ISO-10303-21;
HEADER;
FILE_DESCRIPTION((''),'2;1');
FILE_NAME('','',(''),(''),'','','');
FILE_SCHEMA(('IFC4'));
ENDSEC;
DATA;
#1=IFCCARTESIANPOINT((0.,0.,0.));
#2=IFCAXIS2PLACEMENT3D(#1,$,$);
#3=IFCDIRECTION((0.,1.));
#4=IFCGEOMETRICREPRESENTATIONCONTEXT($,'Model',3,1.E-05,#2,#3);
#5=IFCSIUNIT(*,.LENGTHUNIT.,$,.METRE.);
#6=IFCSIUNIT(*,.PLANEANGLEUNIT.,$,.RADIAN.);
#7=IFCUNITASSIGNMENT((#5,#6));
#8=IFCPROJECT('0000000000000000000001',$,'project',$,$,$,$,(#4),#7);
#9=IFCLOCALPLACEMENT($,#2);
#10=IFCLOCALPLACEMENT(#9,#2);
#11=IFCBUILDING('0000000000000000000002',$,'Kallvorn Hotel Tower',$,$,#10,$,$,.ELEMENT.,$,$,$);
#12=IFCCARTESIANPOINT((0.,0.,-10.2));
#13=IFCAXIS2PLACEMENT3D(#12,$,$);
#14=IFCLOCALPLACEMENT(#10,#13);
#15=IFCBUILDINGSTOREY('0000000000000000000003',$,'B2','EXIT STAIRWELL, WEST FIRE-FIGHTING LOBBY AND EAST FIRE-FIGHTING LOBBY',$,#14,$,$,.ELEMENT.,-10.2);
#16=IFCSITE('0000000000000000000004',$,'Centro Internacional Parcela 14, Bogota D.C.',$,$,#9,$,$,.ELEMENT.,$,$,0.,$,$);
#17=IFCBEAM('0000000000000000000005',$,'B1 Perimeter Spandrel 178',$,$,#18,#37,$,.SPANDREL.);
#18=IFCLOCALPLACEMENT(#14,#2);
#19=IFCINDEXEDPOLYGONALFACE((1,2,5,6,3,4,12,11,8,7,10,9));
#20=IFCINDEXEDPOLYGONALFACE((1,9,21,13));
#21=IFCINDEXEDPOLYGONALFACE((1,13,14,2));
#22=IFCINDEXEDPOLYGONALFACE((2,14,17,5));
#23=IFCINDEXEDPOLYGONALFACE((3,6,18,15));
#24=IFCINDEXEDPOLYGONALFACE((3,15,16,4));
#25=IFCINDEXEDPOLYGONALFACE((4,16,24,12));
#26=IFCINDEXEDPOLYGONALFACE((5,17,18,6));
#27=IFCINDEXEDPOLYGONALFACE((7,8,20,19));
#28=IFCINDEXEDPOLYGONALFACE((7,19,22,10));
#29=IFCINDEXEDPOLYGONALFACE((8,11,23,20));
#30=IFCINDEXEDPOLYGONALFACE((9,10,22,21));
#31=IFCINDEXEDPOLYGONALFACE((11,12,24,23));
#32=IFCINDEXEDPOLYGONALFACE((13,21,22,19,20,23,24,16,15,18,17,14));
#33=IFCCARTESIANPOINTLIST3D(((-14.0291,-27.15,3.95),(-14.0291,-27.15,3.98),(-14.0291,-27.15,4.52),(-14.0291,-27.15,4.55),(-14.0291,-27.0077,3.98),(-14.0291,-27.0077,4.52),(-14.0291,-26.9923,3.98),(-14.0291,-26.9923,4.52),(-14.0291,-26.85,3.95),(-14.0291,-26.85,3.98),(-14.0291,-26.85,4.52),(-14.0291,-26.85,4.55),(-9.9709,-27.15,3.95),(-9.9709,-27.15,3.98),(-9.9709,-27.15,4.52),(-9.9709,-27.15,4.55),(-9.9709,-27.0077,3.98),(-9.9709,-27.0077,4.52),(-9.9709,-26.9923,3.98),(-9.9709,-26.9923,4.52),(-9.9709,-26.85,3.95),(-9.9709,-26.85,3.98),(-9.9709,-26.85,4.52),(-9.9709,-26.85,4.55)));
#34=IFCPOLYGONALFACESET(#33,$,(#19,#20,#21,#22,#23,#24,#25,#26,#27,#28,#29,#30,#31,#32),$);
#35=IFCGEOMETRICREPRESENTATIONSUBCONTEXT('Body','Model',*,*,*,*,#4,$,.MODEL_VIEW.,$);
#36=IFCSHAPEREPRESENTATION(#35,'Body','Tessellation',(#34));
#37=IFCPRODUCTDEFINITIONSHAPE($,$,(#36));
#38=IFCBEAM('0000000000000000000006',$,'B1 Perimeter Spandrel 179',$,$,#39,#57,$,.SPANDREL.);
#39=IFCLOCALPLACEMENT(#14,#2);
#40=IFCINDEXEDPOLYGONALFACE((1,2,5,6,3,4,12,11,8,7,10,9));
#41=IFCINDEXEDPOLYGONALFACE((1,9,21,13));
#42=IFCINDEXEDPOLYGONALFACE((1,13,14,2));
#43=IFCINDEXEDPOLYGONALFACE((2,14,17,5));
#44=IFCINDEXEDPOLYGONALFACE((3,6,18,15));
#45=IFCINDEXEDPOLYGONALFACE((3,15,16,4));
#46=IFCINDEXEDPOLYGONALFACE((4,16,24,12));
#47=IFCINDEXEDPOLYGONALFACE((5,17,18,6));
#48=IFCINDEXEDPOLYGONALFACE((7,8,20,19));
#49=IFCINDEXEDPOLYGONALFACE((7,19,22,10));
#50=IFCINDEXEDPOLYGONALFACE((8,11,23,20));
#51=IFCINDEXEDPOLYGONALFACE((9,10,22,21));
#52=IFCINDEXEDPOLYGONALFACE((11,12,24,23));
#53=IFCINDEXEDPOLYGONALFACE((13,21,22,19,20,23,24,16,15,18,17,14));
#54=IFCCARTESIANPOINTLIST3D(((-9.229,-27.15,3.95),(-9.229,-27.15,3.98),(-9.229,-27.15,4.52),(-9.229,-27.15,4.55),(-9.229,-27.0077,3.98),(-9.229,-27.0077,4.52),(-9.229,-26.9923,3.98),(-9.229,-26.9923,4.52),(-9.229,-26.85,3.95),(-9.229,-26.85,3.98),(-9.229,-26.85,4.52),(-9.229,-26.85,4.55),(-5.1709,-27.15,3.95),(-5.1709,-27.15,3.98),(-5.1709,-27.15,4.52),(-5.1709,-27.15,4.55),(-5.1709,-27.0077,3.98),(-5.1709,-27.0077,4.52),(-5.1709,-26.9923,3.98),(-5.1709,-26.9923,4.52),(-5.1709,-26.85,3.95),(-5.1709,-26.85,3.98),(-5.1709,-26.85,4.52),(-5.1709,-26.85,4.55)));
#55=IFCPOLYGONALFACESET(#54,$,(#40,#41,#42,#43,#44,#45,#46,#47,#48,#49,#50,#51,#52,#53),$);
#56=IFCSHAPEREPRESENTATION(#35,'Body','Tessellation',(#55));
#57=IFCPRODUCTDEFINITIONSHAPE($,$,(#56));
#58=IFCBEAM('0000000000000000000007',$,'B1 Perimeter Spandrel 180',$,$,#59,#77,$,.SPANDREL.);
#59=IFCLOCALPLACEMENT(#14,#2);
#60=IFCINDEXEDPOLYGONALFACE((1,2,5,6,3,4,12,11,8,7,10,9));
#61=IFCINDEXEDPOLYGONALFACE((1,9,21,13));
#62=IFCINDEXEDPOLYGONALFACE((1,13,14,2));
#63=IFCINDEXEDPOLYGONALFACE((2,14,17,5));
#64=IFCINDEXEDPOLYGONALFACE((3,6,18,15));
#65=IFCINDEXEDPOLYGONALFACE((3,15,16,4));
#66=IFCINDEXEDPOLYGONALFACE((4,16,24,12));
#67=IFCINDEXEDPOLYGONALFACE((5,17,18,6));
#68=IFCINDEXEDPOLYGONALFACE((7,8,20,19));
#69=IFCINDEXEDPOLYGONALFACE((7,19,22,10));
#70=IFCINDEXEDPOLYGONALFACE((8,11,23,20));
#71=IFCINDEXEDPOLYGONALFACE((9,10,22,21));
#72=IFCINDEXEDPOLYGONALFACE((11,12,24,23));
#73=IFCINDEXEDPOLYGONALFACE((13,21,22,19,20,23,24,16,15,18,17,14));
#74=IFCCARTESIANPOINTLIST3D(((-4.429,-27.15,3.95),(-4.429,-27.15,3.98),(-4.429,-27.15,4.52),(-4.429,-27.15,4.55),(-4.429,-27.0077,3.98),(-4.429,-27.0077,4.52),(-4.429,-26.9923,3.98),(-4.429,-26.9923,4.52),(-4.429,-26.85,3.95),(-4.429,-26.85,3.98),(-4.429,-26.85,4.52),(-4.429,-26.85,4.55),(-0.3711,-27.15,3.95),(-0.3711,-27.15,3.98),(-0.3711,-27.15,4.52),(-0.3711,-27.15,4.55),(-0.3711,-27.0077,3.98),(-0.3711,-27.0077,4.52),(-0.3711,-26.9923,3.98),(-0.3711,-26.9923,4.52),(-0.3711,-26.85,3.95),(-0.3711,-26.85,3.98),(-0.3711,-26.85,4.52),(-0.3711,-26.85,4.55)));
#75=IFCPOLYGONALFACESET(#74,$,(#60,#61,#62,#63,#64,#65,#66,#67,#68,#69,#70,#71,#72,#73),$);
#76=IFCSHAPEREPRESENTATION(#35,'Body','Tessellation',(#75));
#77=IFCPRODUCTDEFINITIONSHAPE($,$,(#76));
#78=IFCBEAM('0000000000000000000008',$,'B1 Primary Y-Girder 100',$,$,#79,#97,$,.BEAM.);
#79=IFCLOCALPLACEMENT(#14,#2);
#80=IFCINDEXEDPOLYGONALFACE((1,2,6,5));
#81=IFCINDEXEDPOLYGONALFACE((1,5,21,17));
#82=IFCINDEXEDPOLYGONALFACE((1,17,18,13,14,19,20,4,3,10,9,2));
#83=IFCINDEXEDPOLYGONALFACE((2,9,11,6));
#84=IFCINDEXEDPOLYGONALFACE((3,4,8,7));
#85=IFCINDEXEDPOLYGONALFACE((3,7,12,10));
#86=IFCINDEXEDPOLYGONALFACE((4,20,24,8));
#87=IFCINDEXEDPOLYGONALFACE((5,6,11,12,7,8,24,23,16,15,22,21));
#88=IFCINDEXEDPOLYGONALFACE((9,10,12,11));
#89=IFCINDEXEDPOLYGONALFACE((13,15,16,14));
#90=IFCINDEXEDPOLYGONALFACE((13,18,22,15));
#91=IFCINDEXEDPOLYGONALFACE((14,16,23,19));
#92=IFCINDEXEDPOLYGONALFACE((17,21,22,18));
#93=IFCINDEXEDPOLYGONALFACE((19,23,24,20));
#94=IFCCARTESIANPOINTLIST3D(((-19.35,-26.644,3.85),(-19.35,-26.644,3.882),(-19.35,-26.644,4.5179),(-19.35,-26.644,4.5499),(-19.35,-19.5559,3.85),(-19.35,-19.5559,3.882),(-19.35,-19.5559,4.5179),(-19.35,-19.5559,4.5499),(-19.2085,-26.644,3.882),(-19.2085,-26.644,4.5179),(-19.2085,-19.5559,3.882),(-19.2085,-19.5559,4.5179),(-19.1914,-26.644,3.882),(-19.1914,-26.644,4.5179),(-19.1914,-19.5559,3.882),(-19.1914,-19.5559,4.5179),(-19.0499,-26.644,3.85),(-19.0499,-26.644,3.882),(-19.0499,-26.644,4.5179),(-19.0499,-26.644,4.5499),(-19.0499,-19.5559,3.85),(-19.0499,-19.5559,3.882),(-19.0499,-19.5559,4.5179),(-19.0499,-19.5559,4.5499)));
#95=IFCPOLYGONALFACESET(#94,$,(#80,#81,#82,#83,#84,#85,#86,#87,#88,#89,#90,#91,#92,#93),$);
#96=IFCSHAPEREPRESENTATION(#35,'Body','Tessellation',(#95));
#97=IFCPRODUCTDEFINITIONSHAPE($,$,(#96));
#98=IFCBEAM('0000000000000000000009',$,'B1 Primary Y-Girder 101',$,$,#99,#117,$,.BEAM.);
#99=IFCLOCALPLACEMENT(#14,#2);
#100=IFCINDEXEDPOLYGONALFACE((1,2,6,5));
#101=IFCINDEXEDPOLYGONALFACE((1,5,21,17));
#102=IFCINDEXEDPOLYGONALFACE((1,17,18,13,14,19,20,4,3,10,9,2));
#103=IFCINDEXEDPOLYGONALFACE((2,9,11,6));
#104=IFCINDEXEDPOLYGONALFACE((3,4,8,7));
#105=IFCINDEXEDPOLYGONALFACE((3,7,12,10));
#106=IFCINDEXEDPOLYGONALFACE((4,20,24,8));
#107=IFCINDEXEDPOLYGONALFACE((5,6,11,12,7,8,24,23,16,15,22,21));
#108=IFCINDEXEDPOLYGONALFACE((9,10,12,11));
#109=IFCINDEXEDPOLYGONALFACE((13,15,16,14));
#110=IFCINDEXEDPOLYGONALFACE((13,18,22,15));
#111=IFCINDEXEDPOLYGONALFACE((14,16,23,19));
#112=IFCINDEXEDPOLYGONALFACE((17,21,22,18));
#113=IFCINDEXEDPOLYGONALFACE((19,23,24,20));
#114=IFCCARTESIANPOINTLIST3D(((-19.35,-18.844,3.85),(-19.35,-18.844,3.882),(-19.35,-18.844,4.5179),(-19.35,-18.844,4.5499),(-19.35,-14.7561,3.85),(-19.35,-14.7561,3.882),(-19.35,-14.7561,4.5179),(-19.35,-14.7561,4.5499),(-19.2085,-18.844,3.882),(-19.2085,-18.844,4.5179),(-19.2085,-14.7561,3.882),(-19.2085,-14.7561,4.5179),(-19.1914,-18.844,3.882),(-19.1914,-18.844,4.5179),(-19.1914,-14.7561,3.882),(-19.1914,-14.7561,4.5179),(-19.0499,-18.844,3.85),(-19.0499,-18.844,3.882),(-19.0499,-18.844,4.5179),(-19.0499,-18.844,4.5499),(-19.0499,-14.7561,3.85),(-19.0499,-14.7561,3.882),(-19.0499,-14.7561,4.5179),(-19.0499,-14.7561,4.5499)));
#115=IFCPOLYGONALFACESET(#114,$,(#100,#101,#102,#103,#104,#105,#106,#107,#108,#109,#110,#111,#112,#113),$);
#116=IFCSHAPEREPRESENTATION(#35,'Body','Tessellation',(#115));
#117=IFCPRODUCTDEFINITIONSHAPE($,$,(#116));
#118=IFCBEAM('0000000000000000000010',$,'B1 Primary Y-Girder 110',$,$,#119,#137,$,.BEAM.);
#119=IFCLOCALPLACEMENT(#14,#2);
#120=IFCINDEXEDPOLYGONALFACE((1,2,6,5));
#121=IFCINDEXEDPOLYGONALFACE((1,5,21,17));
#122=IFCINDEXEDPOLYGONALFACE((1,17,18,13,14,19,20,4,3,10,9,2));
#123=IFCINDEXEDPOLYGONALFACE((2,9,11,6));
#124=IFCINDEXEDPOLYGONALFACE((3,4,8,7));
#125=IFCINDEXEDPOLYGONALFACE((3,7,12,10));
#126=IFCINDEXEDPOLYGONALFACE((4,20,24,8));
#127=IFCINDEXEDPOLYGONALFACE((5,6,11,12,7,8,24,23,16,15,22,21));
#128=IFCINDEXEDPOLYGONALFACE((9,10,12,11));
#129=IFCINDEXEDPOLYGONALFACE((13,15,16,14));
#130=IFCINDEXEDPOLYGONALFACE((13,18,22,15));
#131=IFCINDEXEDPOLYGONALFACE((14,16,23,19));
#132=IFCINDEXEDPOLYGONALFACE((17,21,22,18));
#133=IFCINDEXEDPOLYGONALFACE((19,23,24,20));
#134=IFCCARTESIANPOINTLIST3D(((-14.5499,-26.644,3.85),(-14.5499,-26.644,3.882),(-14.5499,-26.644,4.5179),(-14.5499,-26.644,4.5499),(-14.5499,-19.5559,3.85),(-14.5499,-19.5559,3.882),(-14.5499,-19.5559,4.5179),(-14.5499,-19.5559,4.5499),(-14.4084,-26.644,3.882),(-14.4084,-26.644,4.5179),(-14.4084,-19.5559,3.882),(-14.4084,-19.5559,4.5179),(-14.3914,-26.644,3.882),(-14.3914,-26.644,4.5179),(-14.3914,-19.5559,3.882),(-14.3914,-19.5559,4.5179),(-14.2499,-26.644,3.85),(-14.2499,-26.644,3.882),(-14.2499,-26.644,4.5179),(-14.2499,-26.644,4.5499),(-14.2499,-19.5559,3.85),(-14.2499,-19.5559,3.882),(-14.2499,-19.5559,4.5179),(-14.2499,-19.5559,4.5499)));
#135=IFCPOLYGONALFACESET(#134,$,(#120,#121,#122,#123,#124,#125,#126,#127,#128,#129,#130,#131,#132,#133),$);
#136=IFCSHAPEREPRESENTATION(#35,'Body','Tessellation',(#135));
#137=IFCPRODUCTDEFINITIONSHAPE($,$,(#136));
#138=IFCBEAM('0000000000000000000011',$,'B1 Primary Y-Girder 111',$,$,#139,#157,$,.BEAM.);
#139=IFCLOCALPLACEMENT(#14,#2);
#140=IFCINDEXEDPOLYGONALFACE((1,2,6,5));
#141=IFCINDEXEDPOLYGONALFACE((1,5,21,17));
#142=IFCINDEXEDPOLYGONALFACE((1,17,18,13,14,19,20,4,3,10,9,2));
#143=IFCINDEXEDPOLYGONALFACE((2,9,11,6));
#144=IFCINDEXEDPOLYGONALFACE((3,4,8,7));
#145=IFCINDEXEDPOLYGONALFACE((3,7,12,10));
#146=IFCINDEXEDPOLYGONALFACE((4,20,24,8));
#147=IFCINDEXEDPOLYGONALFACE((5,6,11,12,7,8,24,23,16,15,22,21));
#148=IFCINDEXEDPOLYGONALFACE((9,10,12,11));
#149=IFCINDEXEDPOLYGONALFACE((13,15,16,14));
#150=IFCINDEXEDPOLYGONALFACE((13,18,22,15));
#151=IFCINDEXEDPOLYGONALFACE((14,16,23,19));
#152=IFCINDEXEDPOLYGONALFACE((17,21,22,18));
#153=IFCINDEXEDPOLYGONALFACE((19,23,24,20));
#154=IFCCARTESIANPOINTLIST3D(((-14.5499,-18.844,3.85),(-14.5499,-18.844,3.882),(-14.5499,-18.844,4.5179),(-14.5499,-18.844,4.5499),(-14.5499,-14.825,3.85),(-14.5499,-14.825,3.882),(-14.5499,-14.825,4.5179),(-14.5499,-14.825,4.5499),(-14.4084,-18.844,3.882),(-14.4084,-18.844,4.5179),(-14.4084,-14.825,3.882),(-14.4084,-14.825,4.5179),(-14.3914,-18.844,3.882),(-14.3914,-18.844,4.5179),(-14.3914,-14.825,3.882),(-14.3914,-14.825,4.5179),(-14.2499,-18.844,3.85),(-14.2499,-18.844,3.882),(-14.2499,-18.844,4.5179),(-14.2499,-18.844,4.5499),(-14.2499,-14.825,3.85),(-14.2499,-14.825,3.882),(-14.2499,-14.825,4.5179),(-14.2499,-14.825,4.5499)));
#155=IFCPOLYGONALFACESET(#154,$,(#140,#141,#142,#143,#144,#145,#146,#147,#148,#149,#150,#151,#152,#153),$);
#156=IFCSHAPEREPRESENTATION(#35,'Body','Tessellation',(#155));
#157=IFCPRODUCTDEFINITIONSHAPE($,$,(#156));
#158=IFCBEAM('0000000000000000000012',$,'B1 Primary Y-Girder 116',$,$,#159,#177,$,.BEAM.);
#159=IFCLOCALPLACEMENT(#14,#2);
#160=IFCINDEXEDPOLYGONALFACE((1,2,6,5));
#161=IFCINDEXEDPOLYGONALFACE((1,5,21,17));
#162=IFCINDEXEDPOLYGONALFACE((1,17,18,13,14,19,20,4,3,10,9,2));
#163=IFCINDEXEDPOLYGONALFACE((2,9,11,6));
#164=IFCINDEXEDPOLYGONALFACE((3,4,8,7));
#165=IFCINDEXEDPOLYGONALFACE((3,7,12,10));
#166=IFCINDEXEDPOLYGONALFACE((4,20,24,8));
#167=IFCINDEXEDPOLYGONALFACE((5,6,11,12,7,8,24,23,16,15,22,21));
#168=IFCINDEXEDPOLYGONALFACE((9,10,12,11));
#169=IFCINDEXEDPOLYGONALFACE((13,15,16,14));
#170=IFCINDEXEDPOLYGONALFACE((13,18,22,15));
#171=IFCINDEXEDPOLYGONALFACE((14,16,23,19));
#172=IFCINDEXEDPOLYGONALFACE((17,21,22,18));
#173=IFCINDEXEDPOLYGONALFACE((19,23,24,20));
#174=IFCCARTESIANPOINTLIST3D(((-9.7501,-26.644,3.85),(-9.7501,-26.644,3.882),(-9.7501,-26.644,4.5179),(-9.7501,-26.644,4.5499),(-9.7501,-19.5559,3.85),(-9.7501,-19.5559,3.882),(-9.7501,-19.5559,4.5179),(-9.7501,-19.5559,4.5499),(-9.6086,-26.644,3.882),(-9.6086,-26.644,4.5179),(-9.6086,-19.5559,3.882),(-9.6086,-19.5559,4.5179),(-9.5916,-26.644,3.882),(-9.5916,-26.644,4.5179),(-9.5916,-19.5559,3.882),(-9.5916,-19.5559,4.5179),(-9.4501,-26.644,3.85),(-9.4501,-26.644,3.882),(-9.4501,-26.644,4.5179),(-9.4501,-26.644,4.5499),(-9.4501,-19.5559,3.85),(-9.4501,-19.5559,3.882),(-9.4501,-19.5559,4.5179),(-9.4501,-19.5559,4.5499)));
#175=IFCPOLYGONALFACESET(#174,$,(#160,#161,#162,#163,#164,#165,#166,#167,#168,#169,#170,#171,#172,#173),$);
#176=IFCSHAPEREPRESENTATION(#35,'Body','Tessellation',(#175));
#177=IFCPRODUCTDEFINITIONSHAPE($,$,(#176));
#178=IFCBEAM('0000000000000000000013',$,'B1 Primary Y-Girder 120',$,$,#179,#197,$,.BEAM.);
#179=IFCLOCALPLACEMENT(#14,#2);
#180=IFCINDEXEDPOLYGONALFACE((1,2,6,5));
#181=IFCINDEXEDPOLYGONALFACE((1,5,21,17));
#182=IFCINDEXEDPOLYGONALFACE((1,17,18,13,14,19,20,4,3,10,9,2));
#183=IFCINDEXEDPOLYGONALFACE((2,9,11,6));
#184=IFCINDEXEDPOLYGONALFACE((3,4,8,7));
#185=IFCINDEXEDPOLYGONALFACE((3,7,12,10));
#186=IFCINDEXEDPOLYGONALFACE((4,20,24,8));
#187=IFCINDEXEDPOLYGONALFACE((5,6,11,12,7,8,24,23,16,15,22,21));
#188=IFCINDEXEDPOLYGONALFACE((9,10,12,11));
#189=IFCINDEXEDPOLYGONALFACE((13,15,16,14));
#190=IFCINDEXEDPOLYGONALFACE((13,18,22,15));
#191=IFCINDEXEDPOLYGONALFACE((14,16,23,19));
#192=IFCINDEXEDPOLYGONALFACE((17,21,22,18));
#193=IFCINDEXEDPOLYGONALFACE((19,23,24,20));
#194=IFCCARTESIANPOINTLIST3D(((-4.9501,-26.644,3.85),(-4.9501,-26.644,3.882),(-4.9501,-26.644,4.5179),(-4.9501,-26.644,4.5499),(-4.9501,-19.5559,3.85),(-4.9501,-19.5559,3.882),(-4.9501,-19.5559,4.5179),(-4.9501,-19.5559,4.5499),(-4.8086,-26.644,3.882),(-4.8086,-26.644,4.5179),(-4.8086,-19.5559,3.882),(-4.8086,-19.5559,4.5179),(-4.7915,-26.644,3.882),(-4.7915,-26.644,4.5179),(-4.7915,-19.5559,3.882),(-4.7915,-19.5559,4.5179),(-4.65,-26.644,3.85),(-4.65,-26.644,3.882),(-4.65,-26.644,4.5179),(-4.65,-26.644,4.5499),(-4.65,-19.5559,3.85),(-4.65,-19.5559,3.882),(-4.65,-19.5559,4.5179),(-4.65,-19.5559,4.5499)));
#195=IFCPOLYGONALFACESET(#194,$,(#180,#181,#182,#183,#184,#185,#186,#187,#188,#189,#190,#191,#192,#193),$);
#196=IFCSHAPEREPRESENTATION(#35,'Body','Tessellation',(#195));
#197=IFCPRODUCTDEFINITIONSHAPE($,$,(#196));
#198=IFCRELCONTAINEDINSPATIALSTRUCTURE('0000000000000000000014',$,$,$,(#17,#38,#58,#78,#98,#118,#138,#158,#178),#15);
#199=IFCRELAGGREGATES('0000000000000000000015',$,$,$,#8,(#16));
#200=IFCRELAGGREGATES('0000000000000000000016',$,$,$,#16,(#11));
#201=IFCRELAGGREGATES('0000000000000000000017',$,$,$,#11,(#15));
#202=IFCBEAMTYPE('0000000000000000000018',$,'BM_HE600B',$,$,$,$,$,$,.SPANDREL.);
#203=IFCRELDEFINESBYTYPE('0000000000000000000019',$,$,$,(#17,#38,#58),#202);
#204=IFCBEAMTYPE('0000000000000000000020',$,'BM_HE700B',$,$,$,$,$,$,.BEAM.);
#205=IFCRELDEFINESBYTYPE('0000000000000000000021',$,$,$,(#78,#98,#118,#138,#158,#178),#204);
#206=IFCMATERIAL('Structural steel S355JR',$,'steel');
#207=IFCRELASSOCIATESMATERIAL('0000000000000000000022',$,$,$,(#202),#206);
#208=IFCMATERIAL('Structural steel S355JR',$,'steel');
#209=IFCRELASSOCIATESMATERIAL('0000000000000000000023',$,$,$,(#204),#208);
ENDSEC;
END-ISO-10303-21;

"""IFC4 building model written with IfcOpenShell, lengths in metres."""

from ifc_helpers import new_model, si_unit, direction, frame, origin, origin_2d, place, context, subcontext, project, spatial, i_section, extrude, material, material_profile, profile_set, type_object, element, save


model = new_model("IFC4")

# Units and contexts
model_context = context("Model", 3, precision=1e-05, world=origin(), true_north=direction((0.0, 1.0)))
body_context = subcontext(model_context, "Body", "Model", "MODEL_VIEW")
ifc_project = project(units=[si_unit("LENGTHUNIT", "METRE"), si_unit("PLANEANGLEUNIT", "RADIAN")], contexts=[model_context])

# Site, building, storey
site_placement = place(None, origin())
site = spatial("IfcSite", under=ifc_project, at=site_placement, Name="Centro Internacional Parcela 14, Bogota D.C.", CompositionType="ELEMENT", RefElevation=0.0)
building_placement = place(site_placement, origin())
building = spatial("IfcBuilding", under=site, at=building_placement, Name="Kallvorn Hotel Tower", CompositionType="ELEMENT")
storey_placement = place(building_placement, frame((0.0, 0.0, -10.2)))
storey = spatial("IfcBuildingStorey", under=building, at=storey_placement, Name="B2", Description="EXIT STAIRWELL, WEST FIRE-FIGHTING LOBBY AND EAST FIRE-FIGHTING LOBBY", CompositionType="ELEMENT", Elevation=-10.2)

# Beams
ifc_material_1 = material(Name="Structural steel S355JR", Category="steel")
ifc_material_profile_1 = material_profile(ifc_material_1, i_section(OverallWidth=0.3, OverallDepth=0.6001, WebThickness=0.0154, FlangeThickness=0.03, at=origin_2d()), Name="HE 600 B")
ifc_profile_set_1 = profile_set([ifc_material_profile_1], Name="Structural steel S355JR")
beam_type_1 = type_object("IfcBeamType", Name="BM_HE600B", PredefinedType="SPANDREL", material=ifc_profile_set_1)
for number, where, z_axis, x_axis, name in (
    (1, (-14.0291, -27.0, 4.25), (1.0, 0.0, 0.0), (0.0, 1.0, 0.0), "B1 Perimeter Spandrel 178"),
    (2, (-9.229, -27.0, 4.25), (1.0, 0.0, 0.0), (0.0, 1.0, 0.0), "B1 Perimeter Spandrel 179"),
):
    element("IfcBeam", number, at=place(storey_placement, frame(where, z_axis=z_axis, x_axis=x_axis)), inside=storey, type_object=beam_type_1, Name=name, PredefinedType="SPANDREL", context=body_context, shape_type="SweptSolid", body=[
        extrude(i_section(OverallWidth=0.3, OverallDepth=0.6001, WebThickness=0.0154, FlangeThickness=0.03, at=origin_2d()), origin(), (0.0, 0.0, 1.0), 4.0581),
    ])
beam_1_placement = place(storey_placement, frame((-4.429, -27.0, 4.25), z_axis=(1.0, 0.0, 0.0), x_axis=(0.0, 1.0, 0.0)))
element("IfcBeam", 3, at=beam_1_placement, inside=storey, type_object=beam_type_1, Name="B1 Perimeter Spandrel 180", PredefinedType="SPANDREL", context=body_context, shape_type="SweptSolid", body=[
    extrude(i_section(OverallWidth=0.3, OverallDepth=0.6001, WebThickness=0.0154, FlangeThickness=0.03, at=origin_2d()), origin(), (0.0, 0.0, 1.0), 4.0579),
])
ifc_material_2 = material(Name="Structural steel S355JR", Category="steel")
ifc_material_profile_2 = material_profile(ifc_material_2, i_section(OverallWidth=0.3, OverallDepth=0.7, WebThickness=0.0171, FlangeThickness=0.032, at=origin_2d()), Name="HE 700 B")
ifc_profile_set_2 = profile_set([ifc_material_profile_2], Name="Structural steel S355JR")
beam_type_2 = type_object("IfcBeamType", Name="BM_HE700B", PredefinedType="BEAM", material=ifc_profile_set_2)
beam_2_placement = place(storey_placement, frame((-19.2, -26.644, 4.2), z_axis=(0.0, 1.0, 0.0), x_axis=(-1.0, 0.0, 0.0)))
element("IfcBeam", 4, at=beam_2_placement, inside=storey, type_object=beam_type_2, Name="B1 Primary Y-Girder 100", PredefinedType="BEAM", context=body_context, shape_type="SweptSolid", body=[
    extrude(i_section(OverallWidth=0.3, OverallDepth=0.7, WebThickness=0.0171, FlangeThickness=0.032, at=origin_2d()), origin(), (0.0, 0.0, 1.0), 7.0881),
])
beam_3_placement = place(storey_placement, frame((-19.2, -18.844, 4.2), z_axis=(0.0, 1.0, 0.0), x_axis=(-1.0, 0.0, 0.0)))
element("IfcBeam", 5, at=beam_3_placement, inside=storey, type_object=beam_type_2, Name="B1 Primary Y-Girder 101", PredefinedType="BEAM", context=body_context, shape_type="SweptSolid", body=[
    extrude(i_section(OverallWidth=0.3, OverallDepth=0.7, WebThickness=0.0171, FlangeThickness=0.032, at=origin_2d()), origin(), (0.0, 0.0, 1.0), 4.0879),
])
beam_4_placement = place(storey_placement, frame((-14.3999, -26.644, 4.2), z_axis=(0.0, 1.0, 0.0), x_axis=(-1.0, 0.0, 0.0)))
element("IfcBeam", 6, at=beam_4_placement, inside=storey, type_object=beam_type_2, Name="B1 Primary Y-Girder 110", PredefinedType="BEAM", context=body_context, shape_type="SweptSolid", body=[
    extrude(i_section(OverallWidth=0.3, OverallDepth=0.7, WebThickness=0.0171, FlangeThickness=0.032, at=origin_2d()), origin(), (0.0, 0.0, 1.0), 7.0881),
])
beam_5_placement = place(storey_placement, frame((-14.3999, -18.844, 4.2), z_axis=(0.0, 1.0, 0.0), x_axis=(-1.0, 0.0, 0.0)))
element("IfcBeam", 7, at=beam_5_placement, inside=storey, type_object=beam_type_2, Name="B1 Primary Y-Girder 111", PredefinedType="BEAM", context=body_context, shape_type="SweptSolid", body=[
    extrude(i_section(OverallWidth=0.3, OverallDepth=0.7, WebThickness=0.0171, FlangeThickness=0.032, at=origin_2d()), origin(), (0.0, 0.0, 1.0), 4.019),
])
for number, where, z_axis, x_axis, name in (
    (8, (-9.6001, -26.644, 4.2), (0.0, 1.0, 0.0), (-1.0, 0.0, 0.0), "B1 Primary Y-Girder 116"),
    (9, (-4.8, -26.644, 4.2), (0.0, 1.0, 0.0), (-1.0, 0.0, 0.0), "B1 Primary Y-Girder 120"),
):
    element("IfcBeam", number, at=place(storey_placement, frame(where, z_axis=z_axis, x_axis=x_axis)), inside=storey, type_object=beam_type_2, Name=name, PredefinedType="BEAM", context=body_context, shape_type="SweptSolid", body=[
        extrude(i_section(OverallWidth=0.3, OverallDepth=0.7, WebThickness=0.0171, FlangeThickness=0.032, at=origin_2d()), origin(), (0.0, 0.0, 1.0), 7.0881),
    ])

save(model, "model.ifc")
